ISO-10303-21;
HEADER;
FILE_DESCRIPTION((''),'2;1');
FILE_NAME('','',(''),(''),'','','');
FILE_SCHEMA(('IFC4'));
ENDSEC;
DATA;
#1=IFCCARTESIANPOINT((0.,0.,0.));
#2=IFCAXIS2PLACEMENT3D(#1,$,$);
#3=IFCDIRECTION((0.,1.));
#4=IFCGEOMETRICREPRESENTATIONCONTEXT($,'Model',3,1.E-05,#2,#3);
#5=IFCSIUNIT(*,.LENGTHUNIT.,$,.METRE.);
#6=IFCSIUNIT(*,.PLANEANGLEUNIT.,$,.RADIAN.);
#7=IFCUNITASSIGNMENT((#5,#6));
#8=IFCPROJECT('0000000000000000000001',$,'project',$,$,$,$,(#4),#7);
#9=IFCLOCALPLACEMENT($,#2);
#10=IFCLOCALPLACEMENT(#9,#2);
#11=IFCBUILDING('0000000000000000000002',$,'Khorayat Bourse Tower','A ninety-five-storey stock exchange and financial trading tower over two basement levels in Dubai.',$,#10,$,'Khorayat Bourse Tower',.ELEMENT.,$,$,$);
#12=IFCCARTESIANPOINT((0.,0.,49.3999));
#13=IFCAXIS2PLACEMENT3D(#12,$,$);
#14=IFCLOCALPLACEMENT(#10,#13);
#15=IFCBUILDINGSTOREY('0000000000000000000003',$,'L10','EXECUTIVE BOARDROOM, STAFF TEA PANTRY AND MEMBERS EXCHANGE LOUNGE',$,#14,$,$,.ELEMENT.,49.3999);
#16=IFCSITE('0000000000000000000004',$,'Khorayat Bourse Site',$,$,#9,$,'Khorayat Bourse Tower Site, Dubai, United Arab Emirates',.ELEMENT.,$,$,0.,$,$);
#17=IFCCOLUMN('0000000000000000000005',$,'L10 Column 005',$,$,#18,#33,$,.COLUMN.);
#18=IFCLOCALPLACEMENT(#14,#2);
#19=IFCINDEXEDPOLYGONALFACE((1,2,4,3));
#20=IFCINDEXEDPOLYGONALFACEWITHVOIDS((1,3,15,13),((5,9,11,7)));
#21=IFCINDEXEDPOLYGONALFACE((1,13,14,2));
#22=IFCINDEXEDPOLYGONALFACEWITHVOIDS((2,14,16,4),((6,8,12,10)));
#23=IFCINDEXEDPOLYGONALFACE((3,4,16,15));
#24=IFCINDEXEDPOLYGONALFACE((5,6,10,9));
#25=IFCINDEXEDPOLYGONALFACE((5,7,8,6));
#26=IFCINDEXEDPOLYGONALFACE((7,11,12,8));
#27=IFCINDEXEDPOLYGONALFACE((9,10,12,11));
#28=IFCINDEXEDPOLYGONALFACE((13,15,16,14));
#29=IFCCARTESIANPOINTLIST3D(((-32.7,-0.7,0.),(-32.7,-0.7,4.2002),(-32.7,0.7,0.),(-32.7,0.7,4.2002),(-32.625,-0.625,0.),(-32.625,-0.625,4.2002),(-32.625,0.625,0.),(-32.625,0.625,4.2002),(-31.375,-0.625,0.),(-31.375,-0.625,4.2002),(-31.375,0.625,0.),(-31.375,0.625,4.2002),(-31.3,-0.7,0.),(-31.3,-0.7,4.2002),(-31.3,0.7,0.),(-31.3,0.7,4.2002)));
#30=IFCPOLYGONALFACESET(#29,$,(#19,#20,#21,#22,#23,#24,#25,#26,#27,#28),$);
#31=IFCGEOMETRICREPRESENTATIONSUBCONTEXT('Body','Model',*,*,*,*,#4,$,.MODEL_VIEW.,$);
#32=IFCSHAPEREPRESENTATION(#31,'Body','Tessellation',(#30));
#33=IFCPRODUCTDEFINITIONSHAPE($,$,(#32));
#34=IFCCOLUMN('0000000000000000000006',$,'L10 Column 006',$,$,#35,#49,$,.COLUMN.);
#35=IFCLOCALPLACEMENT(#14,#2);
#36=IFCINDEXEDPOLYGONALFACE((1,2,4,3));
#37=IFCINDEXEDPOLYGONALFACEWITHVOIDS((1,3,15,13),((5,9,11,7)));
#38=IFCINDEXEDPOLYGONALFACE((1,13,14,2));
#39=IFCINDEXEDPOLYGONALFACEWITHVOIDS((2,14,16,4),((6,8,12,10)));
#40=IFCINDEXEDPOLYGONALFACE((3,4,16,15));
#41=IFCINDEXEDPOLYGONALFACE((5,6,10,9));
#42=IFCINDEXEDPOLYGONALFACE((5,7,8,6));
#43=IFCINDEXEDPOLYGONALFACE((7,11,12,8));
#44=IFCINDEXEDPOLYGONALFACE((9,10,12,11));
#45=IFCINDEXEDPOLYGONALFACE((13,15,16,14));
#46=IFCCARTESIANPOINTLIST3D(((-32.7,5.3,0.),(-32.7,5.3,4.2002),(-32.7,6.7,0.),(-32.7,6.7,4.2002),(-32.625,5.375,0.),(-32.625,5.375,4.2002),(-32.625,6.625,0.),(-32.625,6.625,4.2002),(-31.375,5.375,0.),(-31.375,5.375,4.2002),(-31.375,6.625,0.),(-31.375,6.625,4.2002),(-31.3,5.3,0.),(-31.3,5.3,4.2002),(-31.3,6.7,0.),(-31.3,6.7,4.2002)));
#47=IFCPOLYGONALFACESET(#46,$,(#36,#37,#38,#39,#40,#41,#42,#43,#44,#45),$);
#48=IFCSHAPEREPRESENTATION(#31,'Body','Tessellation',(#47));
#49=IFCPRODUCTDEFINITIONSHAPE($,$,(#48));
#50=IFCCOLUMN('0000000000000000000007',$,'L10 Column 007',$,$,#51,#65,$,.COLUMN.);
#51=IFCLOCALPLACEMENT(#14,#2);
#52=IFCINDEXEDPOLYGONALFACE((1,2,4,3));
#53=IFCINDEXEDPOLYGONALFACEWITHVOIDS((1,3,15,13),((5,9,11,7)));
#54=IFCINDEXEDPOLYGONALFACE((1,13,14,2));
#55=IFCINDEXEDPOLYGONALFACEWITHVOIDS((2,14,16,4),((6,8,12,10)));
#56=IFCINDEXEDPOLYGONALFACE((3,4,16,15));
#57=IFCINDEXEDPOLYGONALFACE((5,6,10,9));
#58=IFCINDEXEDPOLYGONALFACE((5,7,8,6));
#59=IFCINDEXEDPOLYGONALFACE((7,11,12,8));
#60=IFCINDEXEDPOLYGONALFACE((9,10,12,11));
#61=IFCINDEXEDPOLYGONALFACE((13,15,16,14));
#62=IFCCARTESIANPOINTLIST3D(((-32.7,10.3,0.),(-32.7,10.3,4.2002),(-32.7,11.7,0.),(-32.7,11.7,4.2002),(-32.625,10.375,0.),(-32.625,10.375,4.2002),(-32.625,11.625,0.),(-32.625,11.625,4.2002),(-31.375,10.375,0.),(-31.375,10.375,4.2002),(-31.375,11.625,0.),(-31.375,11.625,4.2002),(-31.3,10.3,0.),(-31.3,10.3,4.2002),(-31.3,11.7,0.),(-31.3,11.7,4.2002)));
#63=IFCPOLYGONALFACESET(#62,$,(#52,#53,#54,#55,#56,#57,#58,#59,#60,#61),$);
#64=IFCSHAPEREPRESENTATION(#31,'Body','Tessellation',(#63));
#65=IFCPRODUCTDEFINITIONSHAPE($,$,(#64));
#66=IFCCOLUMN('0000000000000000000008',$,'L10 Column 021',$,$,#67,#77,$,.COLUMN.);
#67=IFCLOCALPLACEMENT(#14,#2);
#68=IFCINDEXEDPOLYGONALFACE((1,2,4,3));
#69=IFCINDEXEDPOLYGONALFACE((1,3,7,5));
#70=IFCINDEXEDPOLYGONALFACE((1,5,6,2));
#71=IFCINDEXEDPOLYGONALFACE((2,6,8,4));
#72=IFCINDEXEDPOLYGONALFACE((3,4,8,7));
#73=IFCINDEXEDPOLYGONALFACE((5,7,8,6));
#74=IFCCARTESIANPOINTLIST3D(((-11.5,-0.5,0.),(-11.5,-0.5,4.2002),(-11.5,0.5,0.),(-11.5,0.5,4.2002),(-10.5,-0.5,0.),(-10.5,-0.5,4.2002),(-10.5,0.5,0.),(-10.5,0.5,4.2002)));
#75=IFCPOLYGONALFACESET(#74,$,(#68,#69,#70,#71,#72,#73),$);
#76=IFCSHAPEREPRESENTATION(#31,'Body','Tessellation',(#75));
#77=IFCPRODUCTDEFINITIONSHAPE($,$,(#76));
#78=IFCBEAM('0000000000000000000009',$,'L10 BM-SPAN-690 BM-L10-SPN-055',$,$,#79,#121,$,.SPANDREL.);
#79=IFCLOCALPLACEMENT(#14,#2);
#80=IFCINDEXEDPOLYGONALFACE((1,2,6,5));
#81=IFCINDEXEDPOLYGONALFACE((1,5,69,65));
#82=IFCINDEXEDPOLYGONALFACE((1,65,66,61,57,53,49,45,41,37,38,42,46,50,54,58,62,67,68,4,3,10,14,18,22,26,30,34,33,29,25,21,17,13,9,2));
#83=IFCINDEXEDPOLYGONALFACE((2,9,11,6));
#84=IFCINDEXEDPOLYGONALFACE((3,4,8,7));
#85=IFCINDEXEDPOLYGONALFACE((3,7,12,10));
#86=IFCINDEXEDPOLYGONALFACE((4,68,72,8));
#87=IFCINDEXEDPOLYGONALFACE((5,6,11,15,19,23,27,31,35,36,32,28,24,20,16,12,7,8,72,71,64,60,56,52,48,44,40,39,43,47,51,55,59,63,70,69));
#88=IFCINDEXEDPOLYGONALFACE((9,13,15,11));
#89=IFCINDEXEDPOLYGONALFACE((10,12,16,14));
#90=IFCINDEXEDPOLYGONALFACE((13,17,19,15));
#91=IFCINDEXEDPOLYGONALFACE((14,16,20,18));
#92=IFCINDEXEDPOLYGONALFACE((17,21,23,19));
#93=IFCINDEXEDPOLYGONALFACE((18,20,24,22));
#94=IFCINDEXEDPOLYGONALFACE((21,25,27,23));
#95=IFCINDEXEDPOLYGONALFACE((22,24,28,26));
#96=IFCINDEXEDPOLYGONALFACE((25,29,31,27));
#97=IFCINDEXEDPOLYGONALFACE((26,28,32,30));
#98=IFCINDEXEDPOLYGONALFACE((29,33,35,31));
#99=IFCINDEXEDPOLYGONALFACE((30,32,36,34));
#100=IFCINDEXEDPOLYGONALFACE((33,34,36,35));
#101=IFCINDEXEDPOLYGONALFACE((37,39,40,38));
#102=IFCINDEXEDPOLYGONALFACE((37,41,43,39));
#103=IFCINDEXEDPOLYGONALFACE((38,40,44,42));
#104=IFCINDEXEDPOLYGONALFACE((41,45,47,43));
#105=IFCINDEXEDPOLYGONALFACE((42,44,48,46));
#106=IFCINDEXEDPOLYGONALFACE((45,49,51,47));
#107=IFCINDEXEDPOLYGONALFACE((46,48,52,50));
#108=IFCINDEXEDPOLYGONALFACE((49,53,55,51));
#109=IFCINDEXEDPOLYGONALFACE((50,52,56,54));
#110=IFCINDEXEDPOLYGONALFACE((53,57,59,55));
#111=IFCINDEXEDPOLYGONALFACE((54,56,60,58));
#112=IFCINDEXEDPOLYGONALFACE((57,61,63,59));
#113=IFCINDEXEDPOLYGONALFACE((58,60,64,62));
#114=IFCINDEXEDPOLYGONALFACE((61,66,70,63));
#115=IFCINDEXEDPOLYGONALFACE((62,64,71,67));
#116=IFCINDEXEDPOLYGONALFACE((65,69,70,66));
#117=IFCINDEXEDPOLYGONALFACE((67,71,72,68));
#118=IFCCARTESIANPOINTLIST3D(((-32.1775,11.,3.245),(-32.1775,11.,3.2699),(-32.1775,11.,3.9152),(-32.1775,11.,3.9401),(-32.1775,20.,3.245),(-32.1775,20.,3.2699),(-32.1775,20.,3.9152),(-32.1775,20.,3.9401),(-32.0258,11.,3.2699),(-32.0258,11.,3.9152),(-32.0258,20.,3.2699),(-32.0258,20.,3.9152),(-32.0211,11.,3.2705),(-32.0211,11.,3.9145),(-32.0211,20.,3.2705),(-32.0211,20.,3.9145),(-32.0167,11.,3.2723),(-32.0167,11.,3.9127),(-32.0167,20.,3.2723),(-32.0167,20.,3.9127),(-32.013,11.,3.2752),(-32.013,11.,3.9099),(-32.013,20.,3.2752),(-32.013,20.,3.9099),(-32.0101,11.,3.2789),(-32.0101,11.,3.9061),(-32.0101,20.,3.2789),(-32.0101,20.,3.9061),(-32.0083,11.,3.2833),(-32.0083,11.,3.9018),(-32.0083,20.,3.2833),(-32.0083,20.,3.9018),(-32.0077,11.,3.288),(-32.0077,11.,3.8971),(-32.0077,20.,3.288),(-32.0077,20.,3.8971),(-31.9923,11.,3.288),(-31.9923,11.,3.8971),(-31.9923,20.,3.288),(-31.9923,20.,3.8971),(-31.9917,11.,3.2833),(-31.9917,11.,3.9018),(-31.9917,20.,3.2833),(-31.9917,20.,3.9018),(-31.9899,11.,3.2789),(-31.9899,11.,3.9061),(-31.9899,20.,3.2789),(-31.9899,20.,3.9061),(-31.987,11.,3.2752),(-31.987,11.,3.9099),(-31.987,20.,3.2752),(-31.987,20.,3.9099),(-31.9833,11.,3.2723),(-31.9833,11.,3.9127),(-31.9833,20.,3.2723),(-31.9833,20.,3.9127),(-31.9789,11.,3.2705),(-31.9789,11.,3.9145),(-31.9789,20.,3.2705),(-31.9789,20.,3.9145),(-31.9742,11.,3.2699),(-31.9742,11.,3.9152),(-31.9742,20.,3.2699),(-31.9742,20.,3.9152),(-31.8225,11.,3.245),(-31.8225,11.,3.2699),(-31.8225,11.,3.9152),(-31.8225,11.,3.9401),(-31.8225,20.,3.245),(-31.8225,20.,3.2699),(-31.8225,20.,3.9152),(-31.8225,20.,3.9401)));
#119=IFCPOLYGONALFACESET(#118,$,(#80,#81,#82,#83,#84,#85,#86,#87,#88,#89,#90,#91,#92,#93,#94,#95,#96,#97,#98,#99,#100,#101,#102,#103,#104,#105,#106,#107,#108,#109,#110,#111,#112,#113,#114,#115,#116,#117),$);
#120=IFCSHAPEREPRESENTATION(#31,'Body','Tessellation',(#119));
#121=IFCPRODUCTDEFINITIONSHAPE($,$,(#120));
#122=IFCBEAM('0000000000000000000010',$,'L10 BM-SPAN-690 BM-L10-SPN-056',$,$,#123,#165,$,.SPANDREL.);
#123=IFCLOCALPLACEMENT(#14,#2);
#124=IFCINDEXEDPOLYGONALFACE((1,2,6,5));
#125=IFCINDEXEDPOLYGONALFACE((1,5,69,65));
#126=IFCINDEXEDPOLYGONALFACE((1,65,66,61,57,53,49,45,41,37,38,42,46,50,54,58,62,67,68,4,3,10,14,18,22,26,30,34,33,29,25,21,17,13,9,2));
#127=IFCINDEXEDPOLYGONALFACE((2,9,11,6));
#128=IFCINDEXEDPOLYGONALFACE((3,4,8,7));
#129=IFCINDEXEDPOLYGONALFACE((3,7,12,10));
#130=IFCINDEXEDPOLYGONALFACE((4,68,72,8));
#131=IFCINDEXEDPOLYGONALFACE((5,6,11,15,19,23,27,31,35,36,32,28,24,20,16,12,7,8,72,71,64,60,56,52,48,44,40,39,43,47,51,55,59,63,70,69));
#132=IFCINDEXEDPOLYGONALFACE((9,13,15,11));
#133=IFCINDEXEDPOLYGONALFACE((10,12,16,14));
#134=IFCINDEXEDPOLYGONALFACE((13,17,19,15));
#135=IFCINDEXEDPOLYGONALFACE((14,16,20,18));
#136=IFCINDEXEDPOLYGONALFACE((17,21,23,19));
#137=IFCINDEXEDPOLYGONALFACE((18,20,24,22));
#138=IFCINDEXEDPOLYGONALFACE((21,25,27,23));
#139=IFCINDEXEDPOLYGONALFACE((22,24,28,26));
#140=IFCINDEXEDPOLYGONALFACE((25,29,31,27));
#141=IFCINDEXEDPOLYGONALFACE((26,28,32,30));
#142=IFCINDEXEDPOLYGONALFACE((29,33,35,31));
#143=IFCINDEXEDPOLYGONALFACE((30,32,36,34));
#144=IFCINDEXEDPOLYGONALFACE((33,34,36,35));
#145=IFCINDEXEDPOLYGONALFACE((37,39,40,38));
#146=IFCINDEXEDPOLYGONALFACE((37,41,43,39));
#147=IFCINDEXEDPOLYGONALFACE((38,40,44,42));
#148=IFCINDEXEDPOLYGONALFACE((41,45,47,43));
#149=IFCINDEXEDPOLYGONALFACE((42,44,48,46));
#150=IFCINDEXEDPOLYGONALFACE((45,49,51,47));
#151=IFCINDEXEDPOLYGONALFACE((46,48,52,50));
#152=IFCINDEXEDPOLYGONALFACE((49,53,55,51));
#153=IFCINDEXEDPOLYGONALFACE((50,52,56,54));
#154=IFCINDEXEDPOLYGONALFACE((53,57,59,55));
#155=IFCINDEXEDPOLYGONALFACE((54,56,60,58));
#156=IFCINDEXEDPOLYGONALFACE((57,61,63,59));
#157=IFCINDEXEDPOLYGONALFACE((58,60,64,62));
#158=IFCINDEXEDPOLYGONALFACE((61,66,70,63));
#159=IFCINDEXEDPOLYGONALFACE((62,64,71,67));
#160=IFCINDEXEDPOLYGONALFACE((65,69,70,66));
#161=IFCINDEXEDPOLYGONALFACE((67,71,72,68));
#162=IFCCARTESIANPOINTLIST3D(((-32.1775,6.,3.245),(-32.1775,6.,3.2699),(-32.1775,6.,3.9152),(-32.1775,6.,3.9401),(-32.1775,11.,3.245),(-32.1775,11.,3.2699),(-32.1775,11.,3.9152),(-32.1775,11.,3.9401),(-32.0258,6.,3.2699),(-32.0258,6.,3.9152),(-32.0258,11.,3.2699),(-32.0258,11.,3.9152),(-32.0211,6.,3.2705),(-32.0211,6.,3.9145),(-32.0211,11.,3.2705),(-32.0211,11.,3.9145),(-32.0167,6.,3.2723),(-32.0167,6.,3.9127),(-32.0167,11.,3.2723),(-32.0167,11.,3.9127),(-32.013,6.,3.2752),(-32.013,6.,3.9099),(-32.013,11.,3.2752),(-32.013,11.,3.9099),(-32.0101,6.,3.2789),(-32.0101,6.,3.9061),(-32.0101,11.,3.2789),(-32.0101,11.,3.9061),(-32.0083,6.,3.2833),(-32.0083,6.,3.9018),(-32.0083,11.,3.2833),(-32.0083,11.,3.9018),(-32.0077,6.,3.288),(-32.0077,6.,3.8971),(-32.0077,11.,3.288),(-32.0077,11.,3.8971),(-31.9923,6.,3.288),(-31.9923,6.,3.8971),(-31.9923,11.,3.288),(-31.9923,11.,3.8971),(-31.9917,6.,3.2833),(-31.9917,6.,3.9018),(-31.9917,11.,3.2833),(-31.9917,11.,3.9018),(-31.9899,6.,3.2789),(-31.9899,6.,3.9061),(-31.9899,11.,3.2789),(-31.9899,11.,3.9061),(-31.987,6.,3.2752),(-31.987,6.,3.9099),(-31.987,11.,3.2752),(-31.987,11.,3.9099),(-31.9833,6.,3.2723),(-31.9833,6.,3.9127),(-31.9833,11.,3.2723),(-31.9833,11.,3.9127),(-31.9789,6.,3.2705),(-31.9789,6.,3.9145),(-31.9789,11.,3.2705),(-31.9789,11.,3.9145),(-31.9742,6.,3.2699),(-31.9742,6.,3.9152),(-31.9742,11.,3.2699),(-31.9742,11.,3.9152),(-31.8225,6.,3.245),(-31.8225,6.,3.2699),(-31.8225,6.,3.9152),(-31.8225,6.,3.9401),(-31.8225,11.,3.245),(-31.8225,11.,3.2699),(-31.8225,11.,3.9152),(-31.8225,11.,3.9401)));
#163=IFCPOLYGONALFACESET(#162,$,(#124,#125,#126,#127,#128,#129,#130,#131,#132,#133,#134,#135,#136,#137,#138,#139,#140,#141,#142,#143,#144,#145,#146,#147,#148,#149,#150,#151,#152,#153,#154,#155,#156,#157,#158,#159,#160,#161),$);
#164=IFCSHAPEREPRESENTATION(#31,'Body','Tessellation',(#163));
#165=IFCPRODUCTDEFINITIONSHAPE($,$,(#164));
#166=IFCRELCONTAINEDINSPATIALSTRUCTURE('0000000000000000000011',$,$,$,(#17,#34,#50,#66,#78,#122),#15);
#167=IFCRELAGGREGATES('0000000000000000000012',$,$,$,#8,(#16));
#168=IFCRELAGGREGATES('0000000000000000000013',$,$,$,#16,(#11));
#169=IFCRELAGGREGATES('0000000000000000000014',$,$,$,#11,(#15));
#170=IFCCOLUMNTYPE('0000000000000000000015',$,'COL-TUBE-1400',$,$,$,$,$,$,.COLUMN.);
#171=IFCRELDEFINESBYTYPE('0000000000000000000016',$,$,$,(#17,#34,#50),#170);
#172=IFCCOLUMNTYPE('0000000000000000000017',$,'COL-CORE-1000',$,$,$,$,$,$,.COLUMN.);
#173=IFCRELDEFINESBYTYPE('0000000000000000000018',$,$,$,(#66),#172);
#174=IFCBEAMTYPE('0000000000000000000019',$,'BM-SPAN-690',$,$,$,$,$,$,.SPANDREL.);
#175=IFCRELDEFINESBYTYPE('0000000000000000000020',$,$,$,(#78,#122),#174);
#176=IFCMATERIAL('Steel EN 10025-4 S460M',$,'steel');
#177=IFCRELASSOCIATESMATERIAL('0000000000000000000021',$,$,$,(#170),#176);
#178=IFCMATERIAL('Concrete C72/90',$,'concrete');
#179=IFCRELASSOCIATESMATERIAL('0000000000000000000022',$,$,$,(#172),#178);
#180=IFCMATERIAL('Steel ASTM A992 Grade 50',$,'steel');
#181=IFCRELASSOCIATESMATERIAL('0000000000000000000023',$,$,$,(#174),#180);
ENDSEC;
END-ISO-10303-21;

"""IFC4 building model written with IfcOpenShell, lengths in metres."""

from ifc_helpers import new_model, si_unit, direction, frame, origin, origin_2d, place, context, subcontext, project, spatial, rectangle, hollow_rectangle, i_section, extrude, source, transform, mapped, material, material_profile, profile_set, type_object, element, save


model = new_model("IFC4")

# Units and contexts
model_context = context("Model", 3, precision=1e-05, world=origin(), true_north=direction((0.0, 1.0)))
body_context = subcontext(model_context, "Body", "Model", "MODEL_VIEW")
ifc_project = project(units=[si_unit("LENGTHUNIT", "METRE"), si_unit("PLANEANGLEUNIT", "RADIAN")], contexts=[model_context])

# Site, building, storey
site_placement = place(None, origin())
site = spatial("IfcSite", under=ifc_project, at=site_placement, Name="Khorayat Bourse Site", LongName="Khorayat Bourse Tower Site, Dubai, United Arab Emirates", CompositionType="ELEMENT", RefElevation=0.0)
building_placement = place(site_placement, origin())
building = spatial("IfcBuilding", under=site, at=building_placement, Name="Khorayat Bourse Tower", Description="A ninety-five-storey stock exchange and financial trading tower over two basement levels in Dubai.", LongName="Khorayat Bourse Tower", CompositionType="ELEMENT")
storey_placement = place(building_placement, frame((0.0, 0.0, 49.3999)))
storey = spatial("IfcBuildingStorey", under=building, at=storey_placement, Name="L10", Description="EXECUTIVE BOARDROOM, STAFF TEA PANTRY AND MEMBERS EXCHANGE LOUNGE", CompositionType="ELEMENT", Elevation=49.3999)

# Columns
ifc_material_1 = material(Name="Steel EN 10025-4 S460M", Category="steel")
ifc_material_profile_1 = material_profile(ifc_material_1, hollow_rectangle(XDim=1.3999, YDim=1.3999, WallThickness=0.075, at=origin_2d()), Name="BOX 1400x1400x75")
ifc_profile_set_1 = profile_set([ifc_material_profile_1], Name="Steel EN 10025-4 S460M")
column_type_1 = type_object("IfcColumnType", Name="COL-TUBE-1400", PredefinedType="COLUMN", material=ifc_profile_set_1)
shared_shape_1 = source(origin(), body_context, "Body", "SweptSolid", [
    extrude(hollow_rectangle(XDim=1.3999, YDim=1.3999, WallThickness=0.075, at=origin_2d()), origin(), (0.0, 0.0, 1.0), 4.2002),
])
for number, where, z_axis, x_axis, name in (
    (1, (-32.0, 0.0, 0.0), (0.0, 0.0, 1.0), (1.0, 0.0, 0.0), "L10 Column 005"),
    (2, (-32.0, 6.0, 0.0), (0.0, 0.0, 1.0), (1.0, 0.0, 0.0), "L10 Column 006"),
    (3, (-32.0, 11.0, 0.0), (0.0, 0.0, 1.0), (1.0, 0.0, 0.0), "L10 Column 007"),
):
    element("IfcColumn", number, at=place(storey_placement, frame(where, z_axis=z_axis, x_axis=x_axis)), inside=storey, type_object=column_type_1, Name=name, PredefinedType="COLUMN", context=body_context, shape_type="MappedRepresentation", body=[
        mapped(shared_shape_1, transform((0.0, 0.0, 0.0), scale=1.0)),
    ])
ifc_material_2 = material(Name="Concrete C72/90", Category="concrete")
ifc_material_profile_2 = material_profile(ifc_material_2, rectangle(XDim=1.0, YDim=1.0, at=origin_2d()), Name="RC 1000x1000")
ifc_profile_set_2 = profile_set([ifc_material_profile_2], Name="Concrete C72/90")
column_type_2 = type_object("IfcColumnType", Name="COL-CORE-1000", PredefinedType="COLUMN", material=ifc_profile_set_2)
shared_shape_2 = source(origin(), body_context, "Body", "SweptSolid", [
    extrude(rectangle(XDim=1.0, YDim=1.0, at=origin_2d()), origin(), (0.0, 0.0, 1.0), 4.2002),
])
column_placement = place(storey_placement, frame((-11.0, 0.0, 0.0), z_axis=(0.0, 0.0, 1.0), x_axis=(1.0, 0.0, 0.0)))
element("IfcColumn", 4, at=column_placement, inside=storey, type_object=column_type_2, Name="L10 Column 021", PredefinedType="COLUMN", context=body_context, shape_type="MappedRepresentation", body=[
    mapped(shared_shape_2, transform((0.0, 0.0, 0.0), scale=1.0)),
])

# Beams
ifc_material_3 = material(Name="Steel ASTM A992 Grade 50", Category="steel")
ifc_material_profile_3 = material_profile(ifc_material_3, i_section(OverallWidth=0.355, OverallDepth=0.6951, WebThickness=0.0154, FlangeThickness=0.0249, FilletRadius=0.0181, at=origin_2d()), Name="W690X217")
ifc_profile_set_3 = profile_set([ifc_material_profile_3], Name="Steel ASTM A992 Grade 50")
beam_type_1 = type_object("IfcBeamType", Name="BM-SPAN-690", PredefinedType="SPANDREL", material=ifc_profile_set_3)
shared_shape_3 = source(origin(), body_context, "Body", "SweptSolid", [
    extrude(i_section(OverallWidth=0.355, OverallDepth=0.6951, WebThickness=0.0154, FlangeThickness=0.0249, FilletRadius=0.0181, at=origin_2d()), origin(), (0.0, 0.0, 1.0), 9.0),
])
beam_1_placement = place(storey_placement, frame((-32.0, 11.0, 3.5925), z_axis=(0.0, 1.0, 0.0), x_axis=(-1.0, 0.0, 0.0)))
element("IfcBeam", 5, at=beam_1_placement, inside=storey, type_object=beam_type_1, Name="L10 BM-SPAN-690 BM-L10-SPN-055", PredefinedType="SPANDREL", context=body_context, shape_type="MappedRepresentation", body=[
    mapped(shared_shape_3, transform((0.0, 0.0, 0.0), scale=1.0)),
])
shared_shape_4 = source(origin(), body_context, "Body", "SweptSolid", [
    extrude(i_section(OverallWidth=0.355, OverallDepth=0.6951, WebThickness=0.0154, FlangeThickness=0.0249, FilletRadius=0.0181, at=origin_2d()), origin(), (0.0, 0.0, 1.0), 5.0),
])
beam_2_placement = place(storey_placement, frame((-32.0, 6.0, 3.5925), z_axis=(0.0, 1.0, 0.0), x_axis=(-1.0, 0.0, 0.0)))
element("IfcBeam", 6, at=beam_2_placement, inside=storey, type_object=beam_type_1, Name="L10 BM-SPAN-690 BM-L10-SPN-056", PredefinedType="SPANDREL", context=body_context, shape_type="MappedRepresentation", body=[
    mapped(shared_shape_4, transform((0.0, 0.0, 0.0), scale=1.0)),
])

save(model, "model.ifc")
